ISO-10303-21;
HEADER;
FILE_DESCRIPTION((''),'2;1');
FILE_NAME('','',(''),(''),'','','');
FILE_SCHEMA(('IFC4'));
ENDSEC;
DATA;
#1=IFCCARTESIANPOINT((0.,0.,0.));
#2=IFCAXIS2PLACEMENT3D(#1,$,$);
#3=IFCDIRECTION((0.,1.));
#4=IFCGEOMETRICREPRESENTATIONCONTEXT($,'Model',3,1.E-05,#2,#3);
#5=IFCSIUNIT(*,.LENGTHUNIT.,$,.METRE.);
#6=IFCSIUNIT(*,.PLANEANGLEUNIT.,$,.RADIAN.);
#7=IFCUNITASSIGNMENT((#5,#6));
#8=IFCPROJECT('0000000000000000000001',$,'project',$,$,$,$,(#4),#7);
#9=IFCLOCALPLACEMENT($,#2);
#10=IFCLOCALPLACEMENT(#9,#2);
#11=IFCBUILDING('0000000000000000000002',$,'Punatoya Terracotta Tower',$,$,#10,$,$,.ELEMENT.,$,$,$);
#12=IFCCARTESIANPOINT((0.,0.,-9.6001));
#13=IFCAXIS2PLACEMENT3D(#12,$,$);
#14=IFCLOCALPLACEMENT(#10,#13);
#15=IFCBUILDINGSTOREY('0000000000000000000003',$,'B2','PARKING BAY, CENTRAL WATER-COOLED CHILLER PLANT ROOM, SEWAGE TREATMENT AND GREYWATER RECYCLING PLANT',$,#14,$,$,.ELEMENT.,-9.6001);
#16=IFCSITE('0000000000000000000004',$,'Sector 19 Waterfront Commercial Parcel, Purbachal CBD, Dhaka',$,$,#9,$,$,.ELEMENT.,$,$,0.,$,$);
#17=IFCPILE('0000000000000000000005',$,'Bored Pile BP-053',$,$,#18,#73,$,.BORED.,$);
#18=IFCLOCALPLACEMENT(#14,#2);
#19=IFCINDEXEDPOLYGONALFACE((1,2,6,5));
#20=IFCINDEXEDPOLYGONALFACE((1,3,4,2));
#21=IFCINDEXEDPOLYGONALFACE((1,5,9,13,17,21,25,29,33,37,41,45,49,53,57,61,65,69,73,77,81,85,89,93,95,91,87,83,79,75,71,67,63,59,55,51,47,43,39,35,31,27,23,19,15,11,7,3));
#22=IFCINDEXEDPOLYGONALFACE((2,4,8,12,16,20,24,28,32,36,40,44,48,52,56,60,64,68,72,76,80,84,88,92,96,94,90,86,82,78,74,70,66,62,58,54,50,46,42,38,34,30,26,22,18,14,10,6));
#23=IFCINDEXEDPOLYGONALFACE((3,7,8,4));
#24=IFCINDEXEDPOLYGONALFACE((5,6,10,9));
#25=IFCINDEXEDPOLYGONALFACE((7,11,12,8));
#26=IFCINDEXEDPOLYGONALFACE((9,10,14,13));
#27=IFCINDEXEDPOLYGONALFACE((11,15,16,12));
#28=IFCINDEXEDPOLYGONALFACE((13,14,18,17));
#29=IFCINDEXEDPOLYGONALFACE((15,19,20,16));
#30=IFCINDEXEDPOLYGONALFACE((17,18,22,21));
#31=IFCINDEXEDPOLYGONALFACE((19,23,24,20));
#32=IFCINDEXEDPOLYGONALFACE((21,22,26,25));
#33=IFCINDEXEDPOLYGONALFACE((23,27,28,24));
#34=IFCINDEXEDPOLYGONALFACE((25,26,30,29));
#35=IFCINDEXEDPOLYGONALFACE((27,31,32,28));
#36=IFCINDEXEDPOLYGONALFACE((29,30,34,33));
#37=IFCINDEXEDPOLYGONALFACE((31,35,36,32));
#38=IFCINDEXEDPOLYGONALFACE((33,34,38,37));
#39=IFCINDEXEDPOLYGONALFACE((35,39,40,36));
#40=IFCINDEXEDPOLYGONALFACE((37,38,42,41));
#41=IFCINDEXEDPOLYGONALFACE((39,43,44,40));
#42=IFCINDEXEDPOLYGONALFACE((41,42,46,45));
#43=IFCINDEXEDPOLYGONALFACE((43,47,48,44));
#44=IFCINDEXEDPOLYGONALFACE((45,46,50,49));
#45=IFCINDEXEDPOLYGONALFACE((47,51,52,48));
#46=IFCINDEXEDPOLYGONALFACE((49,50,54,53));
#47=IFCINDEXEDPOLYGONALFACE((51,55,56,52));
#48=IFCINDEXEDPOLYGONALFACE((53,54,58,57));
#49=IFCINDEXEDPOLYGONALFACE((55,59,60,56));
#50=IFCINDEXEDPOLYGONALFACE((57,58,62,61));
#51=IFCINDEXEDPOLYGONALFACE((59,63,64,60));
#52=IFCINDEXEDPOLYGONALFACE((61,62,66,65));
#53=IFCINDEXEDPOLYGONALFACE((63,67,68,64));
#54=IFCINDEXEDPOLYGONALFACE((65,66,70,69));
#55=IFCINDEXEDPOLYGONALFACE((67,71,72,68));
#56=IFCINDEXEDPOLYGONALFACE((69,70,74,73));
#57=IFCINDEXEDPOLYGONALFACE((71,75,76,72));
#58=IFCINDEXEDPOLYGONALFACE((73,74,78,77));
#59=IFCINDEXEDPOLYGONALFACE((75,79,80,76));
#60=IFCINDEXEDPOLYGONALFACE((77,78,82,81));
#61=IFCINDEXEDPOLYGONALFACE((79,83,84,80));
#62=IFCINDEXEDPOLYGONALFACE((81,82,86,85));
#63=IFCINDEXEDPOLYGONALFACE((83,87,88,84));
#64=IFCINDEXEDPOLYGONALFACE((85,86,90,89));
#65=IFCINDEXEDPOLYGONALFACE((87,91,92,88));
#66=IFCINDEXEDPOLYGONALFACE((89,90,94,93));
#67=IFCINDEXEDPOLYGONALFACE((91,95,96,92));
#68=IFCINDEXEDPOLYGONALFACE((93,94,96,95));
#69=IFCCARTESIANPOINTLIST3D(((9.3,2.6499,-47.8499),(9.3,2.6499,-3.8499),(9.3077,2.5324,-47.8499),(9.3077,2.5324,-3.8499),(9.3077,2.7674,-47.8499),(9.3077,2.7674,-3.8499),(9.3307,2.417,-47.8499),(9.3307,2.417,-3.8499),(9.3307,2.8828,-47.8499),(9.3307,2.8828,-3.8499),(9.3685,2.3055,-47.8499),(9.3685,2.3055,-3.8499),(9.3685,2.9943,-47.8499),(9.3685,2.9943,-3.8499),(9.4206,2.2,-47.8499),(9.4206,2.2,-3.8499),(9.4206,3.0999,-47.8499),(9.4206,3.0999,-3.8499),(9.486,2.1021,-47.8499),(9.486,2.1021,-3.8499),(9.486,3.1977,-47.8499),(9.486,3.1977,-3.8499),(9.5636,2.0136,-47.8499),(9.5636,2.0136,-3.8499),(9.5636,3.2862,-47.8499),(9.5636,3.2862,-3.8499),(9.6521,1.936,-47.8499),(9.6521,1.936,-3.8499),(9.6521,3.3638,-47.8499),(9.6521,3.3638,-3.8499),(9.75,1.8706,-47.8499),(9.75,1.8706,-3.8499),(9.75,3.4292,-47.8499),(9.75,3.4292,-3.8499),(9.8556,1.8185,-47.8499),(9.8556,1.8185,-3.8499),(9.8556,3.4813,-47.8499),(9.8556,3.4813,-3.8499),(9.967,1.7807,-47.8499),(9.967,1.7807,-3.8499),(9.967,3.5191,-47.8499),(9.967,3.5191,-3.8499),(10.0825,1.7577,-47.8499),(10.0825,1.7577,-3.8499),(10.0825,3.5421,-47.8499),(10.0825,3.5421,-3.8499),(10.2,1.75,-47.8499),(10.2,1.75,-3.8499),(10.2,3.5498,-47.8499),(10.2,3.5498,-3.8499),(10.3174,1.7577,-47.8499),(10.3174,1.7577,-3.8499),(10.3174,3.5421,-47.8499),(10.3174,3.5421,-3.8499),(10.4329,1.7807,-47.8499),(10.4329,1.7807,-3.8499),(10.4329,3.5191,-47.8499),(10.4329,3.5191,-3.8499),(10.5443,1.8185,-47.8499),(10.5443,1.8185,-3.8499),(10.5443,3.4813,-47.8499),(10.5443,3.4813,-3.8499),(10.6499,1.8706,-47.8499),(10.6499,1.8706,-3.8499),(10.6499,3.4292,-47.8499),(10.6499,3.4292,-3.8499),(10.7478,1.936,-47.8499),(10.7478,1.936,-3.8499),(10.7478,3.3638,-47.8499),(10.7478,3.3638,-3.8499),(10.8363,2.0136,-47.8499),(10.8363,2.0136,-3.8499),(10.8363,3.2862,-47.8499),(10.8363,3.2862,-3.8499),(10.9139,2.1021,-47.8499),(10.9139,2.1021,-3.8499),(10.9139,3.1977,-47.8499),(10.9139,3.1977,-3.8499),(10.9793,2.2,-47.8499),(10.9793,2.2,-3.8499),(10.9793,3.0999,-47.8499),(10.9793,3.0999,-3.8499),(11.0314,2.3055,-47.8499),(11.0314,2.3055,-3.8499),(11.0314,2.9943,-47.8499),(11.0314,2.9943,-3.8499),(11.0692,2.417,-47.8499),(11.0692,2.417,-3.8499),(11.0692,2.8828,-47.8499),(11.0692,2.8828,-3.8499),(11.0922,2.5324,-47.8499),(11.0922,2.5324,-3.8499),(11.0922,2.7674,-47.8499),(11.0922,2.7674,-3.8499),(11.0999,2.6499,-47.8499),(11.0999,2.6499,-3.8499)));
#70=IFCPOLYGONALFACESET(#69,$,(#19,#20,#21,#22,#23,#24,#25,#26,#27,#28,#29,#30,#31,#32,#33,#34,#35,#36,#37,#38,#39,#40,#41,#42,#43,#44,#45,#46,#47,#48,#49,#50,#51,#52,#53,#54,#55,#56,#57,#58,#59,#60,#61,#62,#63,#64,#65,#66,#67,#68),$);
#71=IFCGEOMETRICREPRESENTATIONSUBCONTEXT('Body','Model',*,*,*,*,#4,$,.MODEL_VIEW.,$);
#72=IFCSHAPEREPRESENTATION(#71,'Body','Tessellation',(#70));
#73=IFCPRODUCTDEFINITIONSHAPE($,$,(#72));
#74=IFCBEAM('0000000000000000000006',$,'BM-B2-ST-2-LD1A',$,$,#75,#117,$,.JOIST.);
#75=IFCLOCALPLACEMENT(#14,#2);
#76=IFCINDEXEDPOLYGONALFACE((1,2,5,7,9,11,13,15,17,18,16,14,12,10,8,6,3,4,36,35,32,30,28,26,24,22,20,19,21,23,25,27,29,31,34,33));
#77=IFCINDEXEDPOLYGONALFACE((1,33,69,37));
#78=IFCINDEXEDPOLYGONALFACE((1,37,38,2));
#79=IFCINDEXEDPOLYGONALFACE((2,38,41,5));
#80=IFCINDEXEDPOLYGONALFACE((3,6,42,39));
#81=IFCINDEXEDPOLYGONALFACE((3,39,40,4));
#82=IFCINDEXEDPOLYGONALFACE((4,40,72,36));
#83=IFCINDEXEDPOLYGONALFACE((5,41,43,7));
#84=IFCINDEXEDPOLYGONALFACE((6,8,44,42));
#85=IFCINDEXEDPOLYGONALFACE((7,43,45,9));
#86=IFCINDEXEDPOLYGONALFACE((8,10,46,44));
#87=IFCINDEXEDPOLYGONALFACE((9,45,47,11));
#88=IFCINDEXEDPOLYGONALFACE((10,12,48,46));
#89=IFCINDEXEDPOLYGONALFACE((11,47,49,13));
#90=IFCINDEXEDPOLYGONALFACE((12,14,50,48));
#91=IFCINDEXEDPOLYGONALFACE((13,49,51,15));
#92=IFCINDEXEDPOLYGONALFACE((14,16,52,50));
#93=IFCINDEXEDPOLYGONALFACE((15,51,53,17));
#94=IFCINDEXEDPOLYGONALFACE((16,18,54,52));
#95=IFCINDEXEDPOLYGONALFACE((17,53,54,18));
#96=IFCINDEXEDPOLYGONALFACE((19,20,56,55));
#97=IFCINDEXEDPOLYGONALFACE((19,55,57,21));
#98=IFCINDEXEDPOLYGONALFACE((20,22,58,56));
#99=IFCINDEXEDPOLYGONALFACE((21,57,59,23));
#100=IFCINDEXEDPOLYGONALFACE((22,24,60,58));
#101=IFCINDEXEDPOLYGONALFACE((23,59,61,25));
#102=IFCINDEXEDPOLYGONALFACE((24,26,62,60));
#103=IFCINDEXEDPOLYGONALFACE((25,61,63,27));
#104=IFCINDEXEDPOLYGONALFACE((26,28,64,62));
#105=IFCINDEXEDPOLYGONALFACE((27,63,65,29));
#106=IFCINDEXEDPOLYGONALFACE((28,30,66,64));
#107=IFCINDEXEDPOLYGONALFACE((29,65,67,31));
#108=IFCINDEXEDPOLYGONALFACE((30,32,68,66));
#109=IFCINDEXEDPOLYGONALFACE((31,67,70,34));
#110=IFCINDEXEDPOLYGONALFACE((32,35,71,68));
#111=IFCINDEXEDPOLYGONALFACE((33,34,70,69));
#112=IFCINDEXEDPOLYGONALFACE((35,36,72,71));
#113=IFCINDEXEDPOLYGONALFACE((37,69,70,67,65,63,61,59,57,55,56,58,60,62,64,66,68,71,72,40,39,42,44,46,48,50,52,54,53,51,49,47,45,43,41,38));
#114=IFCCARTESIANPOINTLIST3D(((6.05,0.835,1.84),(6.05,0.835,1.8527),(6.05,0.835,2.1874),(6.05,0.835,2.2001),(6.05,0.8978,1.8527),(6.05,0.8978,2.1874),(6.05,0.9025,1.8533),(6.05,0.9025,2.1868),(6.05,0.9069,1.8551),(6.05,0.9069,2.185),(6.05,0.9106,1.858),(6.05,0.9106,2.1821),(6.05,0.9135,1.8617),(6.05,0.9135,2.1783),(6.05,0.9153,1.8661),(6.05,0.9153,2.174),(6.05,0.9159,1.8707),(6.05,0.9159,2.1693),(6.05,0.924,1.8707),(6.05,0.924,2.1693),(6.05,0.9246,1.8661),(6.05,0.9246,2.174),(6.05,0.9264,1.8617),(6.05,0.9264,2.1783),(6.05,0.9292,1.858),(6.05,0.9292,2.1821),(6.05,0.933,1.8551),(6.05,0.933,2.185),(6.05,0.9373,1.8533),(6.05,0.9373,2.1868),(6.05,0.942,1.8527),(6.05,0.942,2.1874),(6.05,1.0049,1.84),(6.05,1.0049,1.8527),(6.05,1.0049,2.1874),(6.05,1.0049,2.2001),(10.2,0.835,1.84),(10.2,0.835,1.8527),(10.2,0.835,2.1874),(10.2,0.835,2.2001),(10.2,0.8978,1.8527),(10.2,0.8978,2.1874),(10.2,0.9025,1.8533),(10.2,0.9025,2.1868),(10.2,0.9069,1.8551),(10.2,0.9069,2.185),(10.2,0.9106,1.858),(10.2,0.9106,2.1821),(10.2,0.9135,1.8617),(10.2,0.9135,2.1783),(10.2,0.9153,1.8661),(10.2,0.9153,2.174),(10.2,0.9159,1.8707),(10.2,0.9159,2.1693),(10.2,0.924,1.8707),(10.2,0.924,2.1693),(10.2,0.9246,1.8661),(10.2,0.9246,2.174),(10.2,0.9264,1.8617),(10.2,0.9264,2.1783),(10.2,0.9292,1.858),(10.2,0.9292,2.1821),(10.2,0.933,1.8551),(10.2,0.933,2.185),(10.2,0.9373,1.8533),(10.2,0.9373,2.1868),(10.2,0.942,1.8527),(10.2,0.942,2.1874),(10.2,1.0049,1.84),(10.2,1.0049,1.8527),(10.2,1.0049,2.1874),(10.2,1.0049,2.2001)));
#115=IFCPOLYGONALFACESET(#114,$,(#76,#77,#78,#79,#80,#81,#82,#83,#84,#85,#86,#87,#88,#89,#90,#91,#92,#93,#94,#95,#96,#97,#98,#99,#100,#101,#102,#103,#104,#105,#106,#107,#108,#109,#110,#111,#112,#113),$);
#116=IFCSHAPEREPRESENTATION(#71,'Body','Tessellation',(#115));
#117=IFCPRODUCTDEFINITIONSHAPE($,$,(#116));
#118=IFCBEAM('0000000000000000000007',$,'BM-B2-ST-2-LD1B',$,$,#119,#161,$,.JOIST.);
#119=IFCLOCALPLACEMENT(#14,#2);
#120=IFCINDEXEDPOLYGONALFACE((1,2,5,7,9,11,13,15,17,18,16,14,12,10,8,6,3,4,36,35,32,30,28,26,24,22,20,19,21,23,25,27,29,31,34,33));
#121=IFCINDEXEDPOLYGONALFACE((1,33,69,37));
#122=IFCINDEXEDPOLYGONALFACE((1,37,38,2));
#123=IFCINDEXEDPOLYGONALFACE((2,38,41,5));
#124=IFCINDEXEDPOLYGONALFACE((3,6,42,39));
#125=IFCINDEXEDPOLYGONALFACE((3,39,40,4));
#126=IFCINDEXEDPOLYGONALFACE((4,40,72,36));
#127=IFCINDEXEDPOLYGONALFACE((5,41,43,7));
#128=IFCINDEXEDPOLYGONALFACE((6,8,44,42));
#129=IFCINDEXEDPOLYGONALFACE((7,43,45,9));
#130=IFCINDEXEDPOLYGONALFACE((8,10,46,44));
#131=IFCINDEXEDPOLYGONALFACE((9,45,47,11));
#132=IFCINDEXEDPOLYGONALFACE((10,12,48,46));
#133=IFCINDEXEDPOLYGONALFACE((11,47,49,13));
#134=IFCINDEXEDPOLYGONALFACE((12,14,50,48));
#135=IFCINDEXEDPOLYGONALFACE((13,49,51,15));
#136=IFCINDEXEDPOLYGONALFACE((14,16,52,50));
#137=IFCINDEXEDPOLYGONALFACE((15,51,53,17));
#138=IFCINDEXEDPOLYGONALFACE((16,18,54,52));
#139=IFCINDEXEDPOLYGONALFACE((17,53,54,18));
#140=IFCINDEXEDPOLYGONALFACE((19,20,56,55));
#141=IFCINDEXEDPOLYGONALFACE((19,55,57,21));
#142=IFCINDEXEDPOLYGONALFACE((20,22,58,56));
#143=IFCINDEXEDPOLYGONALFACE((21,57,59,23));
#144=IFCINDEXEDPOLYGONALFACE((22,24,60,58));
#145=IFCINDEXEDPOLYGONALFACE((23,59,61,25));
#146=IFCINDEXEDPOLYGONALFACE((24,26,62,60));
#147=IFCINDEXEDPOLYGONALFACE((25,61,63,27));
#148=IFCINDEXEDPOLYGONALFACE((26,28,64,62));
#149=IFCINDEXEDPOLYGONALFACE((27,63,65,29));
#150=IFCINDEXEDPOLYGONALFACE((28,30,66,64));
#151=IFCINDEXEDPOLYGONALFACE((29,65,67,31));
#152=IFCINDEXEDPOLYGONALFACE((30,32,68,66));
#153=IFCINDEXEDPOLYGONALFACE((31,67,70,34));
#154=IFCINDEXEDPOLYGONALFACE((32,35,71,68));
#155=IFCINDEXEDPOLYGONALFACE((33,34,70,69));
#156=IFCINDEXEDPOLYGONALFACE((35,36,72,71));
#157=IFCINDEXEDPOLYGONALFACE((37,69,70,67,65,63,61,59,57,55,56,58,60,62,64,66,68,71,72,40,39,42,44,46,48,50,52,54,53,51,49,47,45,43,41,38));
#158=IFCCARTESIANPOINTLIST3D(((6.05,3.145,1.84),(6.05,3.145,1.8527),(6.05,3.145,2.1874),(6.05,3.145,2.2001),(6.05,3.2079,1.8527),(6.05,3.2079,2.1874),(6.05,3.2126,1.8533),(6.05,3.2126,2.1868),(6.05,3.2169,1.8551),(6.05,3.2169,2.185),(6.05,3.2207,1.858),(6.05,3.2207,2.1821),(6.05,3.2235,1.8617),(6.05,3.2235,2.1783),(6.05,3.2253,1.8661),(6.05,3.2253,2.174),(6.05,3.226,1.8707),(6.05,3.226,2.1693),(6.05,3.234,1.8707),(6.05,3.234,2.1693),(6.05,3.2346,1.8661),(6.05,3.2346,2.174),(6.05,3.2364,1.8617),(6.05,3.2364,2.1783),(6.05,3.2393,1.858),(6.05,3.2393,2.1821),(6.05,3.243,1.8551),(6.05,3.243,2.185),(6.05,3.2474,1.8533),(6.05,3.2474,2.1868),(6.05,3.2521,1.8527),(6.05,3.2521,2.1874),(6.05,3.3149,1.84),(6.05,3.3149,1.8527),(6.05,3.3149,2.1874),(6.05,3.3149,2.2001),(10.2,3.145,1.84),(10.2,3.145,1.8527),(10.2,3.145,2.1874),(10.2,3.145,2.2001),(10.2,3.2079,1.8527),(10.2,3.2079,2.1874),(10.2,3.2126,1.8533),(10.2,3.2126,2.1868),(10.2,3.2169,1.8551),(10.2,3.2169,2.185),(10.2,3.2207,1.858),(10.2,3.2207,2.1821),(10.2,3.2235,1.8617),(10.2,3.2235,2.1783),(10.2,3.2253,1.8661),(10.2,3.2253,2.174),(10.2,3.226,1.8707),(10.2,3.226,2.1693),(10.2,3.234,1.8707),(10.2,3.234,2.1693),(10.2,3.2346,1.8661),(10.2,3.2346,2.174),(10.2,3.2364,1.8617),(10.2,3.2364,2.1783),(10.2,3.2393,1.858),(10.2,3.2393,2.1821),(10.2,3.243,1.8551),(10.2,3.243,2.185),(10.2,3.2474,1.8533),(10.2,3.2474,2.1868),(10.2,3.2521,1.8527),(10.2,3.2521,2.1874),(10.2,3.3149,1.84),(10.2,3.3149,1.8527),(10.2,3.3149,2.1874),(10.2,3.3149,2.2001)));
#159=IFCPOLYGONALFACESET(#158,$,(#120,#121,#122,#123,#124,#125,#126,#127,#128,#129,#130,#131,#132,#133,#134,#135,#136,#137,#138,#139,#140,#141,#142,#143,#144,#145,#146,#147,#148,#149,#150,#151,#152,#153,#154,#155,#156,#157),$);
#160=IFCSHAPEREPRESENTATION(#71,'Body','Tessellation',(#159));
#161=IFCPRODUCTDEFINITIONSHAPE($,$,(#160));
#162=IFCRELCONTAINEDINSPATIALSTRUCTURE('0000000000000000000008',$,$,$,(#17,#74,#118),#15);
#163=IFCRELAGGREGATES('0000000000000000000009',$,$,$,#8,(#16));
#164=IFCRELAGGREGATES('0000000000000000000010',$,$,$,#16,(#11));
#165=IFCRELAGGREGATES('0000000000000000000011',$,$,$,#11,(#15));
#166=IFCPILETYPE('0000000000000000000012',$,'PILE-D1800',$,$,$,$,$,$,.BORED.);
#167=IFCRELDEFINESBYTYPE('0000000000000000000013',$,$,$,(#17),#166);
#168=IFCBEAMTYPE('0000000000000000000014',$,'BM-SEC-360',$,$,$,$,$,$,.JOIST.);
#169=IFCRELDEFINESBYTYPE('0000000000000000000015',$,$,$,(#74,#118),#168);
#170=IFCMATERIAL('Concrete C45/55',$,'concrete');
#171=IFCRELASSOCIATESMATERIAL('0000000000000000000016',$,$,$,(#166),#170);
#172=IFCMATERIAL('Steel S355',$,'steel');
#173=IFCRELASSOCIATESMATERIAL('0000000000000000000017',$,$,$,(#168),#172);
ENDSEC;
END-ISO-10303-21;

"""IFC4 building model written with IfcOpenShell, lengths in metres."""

from ifc_helpers import new_model, si_unit, direction, frame, origin, origin_2d, place, context, subcontext, project, spatial, circle, i_section, extrude, material, material_profile, profile_set, type_object, element, save


model = new_model("IFC4")

# Units and contexts
model_context = context("Model", 3, precision=1e-05, world=origin(), true_north=direction((0.0, 1.0)))
body_context = subcontext(model_context, "Body", "Model", "MODEL_VIEW")
ifc_project = project(units=[si_unit("LENGTHUNIT", "METRE"), si_unit("PLANEANGLEUNIT", "RADIAN")], contexts=[model_context])

# Site, building, storey
site_placement = place(None, origin())
site = spatial("IfcSite", under=ifc_project, at=site_placement, Name="Sector 19 Waterfront Commercial Parcel, Purbachal CBD, Dhaka", CompositionType="ELEMENT", RefElevation=0.0)
building_placement = place(site_placement, origin())
building = spatial("IfcBuilding", under=site, at=building_placement, Name="Punatoya Terracotta Tower", CompositionType="ELEMENT")
storey_placement = place(building_placement, frame((0.0, 0.0, -9.6001)))
storey = spatial("IfcBuildingStorey", under=building, at=storey_placement, Name="B2", Description="PARKING BAY, CENTRAL WATER-COOLED CHILLER PLANT ROOM, SEWAGE TREATMENT AND GREYWATER RECYCLING PLANT", CompositionType="ELEMENT", Elevation=-9.6001)

# Shared definitions
ifc_material_1 = material(Name="Concrete C45/55", Category="concrete")

# Pile
ifc_material_profile_1 = material_profile(ifc_material_1, circle(Radius=0.8999, at=origin_2d()))
ifc_profile_set_1 = profile_set([ifc_material_profile_1], Name="Concrete C45/55")
pile_type_1 = type_object("IfcPileType", Name="PILE-D1800", PredefinedType="BORED", material=ifc_profile_set_1)
for number, where, z_axis, x_axis, name in (
    (1, (10.2, 2.6499, -3.8499), (0.0, 0.0, -1.0), (1.0, 0.0, 0.0), "Bored Pile BP-053"),
):
    element("IfcPile", number, at=place(storey_placement, frame(where, z_axis=z_axis, x_axis=x_axis)), inside=storey, type_object=pile_type_1, Name=name, PredefinedType="BORED", context=body_context, shape_type="SweptSolid", body=[
        extrude(circle(Radius=0.8999, at=origin_2d()), origin(), (0.0, 0.0, 1.0), 44.0),
    ])

# Beams
ifc_material_2 = material(Name="Steel S355", Category="steel")
ifc_material_profile_2 = material_profile(ifc_material_2, i_section(OverallWidth=0.1699, OverallDepth=0.3601, WebThickness=0.0081, FlangeThickness=0.0127, FilletRadius=0.0181, at=origin_2d()))
ifc_profile_set_2 = profile_set([ifc_material_profile_2], Name="Steel S355")
beam_type = type_object("IfcBeamType", Name="BM-SEC-360", PredefinedType="JOIST", material=ifc_profile_set_2)
for number, where, z_axis, x_axis, name in (
    (2, (6.05, 0.9199, 2.02), (1.0, 0.0, 0.0), (0.0, 1.0, 0.0), "BM-B2-ST-2-LD1A"),
    (3, (6.05, 3.23, 2.02), (1.0, 0.0, 0.0), (0.0, 1.0, 0.0), "BM-B2-ST-2-LD1B"),
):
    element("IfcBeam", number, at=place(storey_placement, frame(where, z_axis=z_axis, x_axis=x_axis)), inside=storey, type_object=beam_type, Name=name, PredefinedType="JOIST", context=body_context, shape_type="SweptSolid", body=[
        extrude(i_section(OverallWidth=0.1699, OverallDepth=0.3601, WebThickness=0.0081, FlangeThickness=0.0127, FilletRadius=0.0181, at=origin_2d()), origin(), (0.0, 0.0, 1.0), 4.1499),
    ])

save(model, "model.ifc")
